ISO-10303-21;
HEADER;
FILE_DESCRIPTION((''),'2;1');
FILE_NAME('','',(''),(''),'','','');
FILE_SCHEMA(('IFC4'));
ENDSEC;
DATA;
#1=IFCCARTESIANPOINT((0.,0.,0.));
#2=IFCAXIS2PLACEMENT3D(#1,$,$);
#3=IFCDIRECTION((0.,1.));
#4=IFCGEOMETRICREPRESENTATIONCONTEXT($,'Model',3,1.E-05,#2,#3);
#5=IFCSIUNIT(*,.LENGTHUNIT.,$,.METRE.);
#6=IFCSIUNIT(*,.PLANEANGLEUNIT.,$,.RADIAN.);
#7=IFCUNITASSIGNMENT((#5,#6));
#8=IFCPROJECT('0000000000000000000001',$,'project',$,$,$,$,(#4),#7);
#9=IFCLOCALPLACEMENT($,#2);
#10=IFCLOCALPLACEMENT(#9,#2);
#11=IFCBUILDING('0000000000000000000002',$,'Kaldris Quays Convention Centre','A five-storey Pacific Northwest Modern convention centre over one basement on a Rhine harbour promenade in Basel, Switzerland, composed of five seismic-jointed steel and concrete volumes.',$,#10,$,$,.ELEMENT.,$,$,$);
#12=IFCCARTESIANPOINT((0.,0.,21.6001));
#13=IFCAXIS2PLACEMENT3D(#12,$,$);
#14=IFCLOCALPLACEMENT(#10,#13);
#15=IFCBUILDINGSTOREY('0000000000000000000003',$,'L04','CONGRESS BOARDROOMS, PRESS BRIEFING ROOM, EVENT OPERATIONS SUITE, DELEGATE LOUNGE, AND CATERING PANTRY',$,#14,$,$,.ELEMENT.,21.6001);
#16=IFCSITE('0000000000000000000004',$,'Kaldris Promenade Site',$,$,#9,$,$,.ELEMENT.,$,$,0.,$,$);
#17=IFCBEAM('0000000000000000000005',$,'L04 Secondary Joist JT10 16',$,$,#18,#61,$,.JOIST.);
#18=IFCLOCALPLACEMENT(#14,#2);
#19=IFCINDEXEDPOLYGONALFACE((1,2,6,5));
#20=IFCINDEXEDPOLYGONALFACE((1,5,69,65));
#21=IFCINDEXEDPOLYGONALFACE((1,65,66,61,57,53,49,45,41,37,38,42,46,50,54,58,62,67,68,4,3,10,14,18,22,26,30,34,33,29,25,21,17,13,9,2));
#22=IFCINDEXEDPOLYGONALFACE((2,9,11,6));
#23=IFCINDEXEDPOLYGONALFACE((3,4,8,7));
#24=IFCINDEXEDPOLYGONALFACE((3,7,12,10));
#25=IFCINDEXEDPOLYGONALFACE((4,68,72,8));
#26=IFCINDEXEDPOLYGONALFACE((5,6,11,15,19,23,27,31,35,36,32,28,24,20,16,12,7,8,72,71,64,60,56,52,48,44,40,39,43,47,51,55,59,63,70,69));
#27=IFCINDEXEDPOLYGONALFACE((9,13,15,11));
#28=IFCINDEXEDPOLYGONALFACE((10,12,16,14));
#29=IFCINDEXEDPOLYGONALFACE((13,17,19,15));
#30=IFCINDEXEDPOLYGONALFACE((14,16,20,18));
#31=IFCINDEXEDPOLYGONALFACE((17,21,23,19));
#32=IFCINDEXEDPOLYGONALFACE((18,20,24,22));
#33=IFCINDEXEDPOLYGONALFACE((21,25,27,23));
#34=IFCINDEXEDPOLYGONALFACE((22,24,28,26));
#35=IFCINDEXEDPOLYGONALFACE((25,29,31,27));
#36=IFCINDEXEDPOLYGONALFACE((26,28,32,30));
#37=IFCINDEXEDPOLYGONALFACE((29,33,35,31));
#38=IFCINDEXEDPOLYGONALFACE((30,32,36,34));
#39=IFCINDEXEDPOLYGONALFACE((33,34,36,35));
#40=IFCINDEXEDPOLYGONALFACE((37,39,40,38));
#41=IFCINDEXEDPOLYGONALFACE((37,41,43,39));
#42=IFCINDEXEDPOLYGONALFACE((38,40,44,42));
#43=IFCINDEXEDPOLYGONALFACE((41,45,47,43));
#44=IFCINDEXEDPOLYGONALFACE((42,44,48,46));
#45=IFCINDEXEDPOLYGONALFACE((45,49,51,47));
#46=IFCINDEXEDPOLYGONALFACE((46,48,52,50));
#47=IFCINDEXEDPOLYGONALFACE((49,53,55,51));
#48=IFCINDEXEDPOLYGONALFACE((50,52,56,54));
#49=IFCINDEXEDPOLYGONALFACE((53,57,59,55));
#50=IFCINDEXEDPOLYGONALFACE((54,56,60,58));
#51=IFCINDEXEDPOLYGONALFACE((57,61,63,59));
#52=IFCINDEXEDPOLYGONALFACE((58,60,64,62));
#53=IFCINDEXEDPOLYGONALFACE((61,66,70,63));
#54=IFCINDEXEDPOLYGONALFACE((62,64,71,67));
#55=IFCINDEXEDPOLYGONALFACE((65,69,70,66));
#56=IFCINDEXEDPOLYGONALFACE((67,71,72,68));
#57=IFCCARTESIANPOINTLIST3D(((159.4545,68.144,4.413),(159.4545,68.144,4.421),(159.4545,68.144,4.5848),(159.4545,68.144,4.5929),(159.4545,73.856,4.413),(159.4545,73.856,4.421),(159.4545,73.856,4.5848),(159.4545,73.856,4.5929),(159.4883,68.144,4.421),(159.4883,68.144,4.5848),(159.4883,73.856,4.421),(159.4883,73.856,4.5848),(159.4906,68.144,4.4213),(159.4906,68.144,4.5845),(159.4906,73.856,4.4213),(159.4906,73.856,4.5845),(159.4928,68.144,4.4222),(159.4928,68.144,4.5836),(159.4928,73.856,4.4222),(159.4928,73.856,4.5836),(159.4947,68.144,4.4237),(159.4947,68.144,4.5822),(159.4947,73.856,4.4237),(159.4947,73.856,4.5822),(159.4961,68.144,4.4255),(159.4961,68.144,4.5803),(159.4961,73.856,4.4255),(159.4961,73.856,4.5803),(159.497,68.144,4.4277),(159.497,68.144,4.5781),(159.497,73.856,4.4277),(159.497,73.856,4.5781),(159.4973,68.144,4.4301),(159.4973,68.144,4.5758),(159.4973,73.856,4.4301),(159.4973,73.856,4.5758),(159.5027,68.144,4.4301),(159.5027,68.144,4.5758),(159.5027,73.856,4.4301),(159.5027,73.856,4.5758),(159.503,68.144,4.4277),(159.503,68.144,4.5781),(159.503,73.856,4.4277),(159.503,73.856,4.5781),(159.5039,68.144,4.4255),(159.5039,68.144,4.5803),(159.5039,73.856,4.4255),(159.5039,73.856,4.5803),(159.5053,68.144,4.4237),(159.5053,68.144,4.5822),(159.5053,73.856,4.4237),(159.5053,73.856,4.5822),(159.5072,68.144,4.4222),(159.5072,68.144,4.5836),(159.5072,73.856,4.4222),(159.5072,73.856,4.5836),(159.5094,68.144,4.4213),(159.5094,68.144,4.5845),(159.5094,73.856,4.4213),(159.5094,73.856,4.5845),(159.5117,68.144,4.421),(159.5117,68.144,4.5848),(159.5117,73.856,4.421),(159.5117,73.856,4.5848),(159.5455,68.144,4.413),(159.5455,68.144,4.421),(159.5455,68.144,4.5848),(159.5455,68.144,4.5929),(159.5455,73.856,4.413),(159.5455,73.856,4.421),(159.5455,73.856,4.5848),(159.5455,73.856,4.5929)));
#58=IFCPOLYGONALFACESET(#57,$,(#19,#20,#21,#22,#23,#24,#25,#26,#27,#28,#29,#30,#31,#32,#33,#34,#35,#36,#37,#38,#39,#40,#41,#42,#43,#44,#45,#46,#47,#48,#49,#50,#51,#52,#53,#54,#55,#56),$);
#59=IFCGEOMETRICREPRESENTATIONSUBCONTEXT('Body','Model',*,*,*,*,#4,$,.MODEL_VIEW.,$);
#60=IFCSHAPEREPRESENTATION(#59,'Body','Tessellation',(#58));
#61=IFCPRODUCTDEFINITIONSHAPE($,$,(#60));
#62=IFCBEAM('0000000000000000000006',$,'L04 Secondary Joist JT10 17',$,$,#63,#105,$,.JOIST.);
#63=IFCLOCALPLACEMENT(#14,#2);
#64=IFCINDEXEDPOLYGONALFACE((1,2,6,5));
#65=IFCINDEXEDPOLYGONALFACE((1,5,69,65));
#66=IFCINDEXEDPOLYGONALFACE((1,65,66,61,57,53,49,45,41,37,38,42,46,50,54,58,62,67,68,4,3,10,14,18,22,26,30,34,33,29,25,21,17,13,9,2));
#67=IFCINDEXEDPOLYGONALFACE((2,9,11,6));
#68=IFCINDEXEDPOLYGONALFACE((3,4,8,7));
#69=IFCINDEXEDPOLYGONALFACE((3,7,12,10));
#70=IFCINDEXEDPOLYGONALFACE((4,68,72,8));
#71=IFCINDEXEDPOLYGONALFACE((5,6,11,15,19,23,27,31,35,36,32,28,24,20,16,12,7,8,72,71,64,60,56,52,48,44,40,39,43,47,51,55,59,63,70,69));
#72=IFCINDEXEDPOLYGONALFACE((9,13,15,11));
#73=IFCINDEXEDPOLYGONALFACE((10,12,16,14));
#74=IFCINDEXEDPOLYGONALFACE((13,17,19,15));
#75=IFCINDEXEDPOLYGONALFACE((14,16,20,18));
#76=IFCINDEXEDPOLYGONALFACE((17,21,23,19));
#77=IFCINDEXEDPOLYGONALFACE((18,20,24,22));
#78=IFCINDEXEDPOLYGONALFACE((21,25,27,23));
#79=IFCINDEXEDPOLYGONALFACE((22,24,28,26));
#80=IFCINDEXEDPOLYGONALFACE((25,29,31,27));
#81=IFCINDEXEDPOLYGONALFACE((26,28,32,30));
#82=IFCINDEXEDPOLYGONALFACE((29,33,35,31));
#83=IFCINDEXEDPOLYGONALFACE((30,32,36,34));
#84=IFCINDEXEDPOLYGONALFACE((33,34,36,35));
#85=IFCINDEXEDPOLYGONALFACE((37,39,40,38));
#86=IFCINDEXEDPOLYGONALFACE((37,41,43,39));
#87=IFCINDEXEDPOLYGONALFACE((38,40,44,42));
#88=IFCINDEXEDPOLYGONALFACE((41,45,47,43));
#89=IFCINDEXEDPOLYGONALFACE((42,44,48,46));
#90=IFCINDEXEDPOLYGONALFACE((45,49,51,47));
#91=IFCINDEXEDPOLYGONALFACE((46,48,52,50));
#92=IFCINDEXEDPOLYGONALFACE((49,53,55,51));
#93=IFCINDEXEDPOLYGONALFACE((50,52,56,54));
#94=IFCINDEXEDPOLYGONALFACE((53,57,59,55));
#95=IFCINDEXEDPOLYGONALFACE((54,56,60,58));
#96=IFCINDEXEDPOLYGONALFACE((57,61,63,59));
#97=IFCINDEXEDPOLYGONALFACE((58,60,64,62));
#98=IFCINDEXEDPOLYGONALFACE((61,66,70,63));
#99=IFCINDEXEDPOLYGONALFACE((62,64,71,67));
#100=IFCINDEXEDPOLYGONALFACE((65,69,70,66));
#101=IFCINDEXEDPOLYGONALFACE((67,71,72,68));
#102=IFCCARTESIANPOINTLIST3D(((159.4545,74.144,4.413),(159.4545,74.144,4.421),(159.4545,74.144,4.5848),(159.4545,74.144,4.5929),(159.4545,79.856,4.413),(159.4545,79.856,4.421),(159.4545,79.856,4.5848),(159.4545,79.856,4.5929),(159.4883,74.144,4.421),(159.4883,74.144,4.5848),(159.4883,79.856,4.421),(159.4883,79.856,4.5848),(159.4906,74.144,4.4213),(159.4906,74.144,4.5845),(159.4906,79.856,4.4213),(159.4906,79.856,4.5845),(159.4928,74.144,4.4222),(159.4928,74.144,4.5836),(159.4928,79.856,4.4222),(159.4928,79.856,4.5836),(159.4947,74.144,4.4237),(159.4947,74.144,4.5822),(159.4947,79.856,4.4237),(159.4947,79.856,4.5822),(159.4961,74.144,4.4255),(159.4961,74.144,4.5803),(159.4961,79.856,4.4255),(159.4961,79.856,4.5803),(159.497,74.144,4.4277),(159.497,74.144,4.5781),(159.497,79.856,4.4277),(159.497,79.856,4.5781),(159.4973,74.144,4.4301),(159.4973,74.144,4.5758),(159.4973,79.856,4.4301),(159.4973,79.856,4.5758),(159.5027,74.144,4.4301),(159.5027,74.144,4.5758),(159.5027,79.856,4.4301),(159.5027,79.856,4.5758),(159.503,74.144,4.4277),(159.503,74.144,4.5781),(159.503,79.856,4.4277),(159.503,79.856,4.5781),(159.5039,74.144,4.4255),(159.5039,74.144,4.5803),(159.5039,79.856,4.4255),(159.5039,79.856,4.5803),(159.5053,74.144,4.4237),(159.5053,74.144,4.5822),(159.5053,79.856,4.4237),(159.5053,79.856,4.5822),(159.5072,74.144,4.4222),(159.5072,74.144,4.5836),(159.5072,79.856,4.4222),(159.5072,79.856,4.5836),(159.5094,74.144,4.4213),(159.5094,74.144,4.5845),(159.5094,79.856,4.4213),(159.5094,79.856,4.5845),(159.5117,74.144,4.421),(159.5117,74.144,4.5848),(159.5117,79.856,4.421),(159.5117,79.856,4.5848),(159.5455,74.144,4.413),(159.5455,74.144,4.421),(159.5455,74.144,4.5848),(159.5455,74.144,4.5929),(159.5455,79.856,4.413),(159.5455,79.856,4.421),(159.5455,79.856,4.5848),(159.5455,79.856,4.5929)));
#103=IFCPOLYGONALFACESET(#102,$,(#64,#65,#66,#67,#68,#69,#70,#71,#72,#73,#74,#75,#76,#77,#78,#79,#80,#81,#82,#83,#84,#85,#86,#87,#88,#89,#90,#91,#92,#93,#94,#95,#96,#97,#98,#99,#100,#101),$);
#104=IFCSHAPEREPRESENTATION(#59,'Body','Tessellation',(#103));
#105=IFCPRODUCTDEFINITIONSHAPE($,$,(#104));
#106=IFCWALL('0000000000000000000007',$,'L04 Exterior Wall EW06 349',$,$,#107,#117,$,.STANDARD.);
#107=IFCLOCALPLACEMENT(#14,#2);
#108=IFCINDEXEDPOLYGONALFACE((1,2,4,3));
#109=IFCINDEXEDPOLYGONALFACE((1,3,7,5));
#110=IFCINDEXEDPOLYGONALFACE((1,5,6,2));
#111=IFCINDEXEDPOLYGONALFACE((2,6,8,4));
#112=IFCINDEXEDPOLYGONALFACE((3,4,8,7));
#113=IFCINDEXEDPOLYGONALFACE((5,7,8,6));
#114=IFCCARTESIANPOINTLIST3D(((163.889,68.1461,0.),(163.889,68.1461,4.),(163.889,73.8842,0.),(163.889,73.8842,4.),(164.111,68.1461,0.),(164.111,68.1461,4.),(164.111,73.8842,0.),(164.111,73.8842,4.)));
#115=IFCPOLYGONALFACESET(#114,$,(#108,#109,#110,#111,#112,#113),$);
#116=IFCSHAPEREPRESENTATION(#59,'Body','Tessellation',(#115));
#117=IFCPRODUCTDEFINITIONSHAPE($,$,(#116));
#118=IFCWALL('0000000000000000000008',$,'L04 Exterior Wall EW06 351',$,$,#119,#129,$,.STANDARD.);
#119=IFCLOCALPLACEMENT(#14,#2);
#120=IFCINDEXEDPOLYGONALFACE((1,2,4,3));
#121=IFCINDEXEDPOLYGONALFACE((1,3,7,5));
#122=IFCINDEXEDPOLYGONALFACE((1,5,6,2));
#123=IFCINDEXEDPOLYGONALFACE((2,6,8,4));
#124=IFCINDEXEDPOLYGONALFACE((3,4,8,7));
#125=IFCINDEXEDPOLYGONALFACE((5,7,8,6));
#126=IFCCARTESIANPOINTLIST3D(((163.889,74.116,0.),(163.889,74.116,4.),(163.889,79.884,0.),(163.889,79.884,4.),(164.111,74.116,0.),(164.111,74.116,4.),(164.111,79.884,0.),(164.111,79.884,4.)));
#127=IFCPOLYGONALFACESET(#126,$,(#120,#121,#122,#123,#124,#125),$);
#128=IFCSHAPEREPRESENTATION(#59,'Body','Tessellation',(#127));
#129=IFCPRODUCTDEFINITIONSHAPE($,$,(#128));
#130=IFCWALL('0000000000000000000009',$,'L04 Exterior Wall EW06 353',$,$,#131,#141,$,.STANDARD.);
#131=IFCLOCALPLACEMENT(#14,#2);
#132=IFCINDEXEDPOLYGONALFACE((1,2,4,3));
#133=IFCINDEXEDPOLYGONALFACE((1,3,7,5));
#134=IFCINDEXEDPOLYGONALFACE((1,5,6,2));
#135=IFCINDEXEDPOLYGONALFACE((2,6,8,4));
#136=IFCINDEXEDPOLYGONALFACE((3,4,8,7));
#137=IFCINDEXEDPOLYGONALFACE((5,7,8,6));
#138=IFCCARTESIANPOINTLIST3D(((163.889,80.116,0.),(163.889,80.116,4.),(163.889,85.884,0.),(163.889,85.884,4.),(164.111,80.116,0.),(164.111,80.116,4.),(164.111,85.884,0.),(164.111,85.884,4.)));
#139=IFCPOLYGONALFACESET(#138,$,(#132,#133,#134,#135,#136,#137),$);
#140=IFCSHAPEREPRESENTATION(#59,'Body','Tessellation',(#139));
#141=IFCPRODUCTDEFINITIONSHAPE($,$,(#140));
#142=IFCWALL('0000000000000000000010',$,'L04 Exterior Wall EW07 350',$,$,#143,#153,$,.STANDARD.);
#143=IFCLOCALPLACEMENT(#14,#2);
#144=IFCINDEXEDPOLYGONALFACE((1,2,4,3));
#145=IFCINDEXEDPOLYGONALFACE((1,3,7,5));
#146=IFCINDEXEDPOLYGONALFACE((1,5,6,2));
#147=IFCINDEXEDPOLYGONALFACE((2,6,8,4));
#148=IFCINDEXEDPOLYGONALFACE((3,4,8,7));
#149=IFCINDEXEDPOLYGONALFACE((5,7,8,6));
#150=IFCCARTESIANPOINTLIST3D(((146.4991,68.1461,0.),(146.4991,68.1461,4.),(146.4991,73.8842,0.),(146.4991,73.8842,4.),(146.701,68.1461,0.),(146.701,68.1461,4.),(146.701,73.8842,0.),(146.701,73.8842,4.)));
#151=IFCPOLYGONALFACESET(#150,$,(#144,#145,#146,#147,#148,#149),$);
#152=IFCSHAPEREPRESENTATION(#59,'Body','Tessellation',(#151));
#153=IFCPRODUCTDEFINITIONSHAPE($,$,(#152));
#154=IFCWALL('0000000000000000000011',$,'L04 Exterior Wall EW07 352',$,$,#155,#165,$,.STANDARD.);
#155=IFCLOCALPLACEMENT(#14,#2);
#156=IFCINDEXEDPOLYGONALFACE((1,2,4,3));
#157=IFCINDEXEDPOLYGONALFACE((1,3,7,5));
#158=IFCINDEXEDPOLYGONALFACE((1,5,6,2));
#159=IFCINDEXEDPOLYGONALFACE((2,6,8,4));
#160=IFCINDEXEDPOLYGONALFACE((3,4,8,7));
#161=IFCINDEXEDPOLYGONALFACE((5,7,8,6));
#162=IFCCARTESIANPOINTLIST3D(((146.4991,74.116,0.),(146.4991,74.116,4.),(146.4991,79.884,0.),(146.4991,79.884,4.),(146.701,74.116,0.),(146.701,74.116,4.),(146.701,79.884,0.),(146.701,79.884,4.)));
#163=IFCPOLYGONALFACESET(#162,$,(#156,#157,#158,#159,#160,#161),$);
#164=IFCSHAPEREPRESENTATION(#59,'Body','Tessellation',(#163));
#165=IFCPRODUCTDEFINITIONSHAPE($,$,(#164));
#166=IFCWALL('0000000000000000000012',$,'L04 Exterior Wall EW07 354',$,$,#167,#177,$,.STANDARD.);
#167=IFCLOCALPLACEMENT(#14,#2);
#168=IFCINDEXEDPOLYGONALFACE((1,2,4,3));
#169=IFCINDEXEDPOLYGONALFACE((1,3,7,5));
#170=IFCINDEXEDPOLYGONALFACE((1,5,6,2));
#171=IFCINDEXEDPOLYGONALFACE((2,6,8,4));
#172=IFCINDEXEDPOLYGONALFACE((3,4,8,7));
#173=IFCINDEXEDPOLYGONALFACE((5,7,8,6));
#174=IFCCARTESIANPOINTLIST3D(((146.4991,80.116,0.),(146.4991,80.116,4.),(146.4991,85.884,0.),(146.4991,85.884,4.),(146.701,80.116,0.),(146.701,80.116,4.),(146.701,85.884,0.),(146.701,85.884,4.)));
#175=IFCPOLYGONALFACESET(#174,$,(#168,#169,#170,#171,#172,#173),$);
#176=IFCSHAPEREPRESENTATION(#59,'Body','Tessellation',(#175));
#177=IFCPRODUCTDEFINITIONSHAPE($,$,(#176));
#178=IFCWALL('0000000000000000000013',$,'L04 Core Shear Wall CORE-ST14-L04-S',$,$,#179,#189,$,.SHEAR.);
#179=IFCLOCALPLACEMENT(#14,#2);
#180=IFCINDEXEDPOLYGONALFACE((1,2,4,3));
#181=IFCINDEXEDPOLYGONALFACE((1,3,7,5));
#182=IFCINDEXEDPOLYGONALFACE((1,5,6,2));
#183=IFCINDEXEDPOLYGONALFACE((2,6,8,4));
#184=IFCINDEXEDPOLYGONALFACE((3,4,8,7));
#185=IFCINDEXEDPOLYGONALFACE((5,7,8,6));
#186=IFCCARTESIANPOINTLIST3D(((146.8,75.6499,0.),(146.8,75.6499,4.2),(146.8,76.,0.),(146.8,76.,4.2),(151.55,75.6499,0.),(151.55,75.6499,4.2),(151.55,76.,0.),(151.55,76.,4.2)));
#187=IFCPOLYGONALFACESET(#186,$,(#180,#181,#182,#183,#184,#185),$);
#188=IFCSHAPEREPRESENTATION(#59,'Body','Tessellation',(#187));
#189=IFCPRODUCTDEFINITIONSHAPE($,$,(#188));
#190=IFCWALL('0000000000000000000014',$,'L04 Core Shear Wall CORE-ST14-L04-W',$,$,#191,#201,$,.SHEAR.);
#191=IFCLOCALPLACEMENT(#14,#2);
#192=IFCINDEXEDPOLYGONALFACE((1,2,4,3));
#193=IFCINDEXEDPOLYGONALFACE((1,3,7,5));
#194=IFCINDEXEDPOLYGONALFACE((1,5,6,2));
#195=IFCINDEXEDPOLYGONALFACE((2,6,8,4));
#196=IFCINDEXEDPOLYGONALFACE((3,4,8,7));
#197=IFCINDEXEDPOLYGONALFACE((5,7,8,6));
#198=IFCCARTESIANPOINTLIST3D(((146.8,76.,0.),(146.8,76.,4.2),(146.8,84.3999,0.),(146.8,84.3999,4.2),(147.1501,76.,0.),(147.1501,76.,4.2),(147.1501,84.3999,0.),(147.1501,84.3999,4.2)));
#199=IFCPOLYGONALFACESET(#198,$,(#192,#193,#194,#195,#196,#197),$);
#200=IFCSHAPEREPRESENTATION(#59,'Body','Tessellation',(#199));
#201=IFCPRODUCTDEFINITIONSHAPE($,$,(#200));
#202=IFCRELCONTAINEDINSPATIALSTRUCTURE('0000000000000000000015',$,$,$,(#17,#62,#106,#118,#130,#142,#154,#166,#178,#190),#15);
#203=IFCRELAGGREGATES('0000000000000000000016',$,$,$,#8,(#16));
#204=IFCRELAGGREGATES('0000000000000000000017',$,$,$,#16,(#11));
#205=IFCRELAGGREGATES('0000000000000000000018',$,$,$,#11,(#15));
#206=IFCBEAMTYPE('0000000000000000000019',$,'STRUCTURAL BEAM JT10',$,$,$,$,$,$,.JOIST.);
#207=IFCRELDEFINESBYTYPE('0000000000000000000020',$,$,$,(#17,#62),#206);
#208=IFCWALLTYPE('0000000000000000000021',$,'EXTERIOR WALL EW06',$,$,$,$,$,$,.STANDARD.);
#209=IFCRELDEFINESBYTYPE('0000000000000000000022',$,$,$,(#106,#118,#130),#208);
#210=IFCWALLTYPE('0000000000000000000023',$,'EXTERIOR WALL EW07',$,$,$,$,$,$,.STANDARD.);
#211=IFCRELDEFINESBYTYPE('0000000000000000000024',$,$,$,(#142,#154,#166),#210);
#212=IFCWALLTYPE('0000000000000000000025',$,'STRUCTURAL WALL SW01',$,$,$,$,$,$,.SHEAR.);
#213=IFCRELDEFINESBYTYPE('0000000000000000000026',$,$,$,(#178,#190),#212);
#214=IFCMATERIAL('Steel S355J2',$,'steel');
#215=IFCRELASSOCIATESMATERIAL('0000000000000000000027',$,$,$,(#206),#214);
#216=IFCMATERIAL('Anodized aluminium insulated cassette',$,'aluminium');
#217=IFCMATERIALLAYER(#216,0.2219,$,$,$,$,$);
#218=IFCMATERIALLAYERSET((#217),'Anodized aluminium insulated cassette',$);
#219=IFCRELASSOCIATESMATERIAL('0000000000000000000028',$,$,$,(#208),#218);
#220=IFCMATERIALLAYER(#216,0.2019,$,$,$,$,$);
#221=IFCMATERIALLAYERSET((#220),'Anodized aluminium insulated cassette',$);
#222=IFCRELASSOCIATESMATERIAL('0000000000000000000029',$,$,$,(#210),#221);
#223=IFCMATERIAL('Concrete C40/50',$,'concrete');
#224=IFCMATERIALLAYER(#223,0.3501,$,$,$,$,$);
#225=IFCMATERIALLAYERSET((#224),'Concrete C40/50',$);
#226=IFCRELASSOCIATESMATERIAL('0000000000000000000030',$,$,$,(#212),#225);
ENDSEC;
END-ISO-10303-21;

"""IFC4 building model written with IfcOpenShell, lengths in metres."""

from ifc_helpers import new_model, si_unit, direction, frame, frame_2d, origin, origin_2d, place, context, subcontext, project, spatial, rectangle, i_section, extrude, material, layer, layer_set, material_profile, profile_set, type_object, element, save


model = new_model("IFC4")

# Units and contexts
model_context = context("Model", 3, precision=1e-05, world=origin(), true_north=direction((0.0, 1.0)))
body_context = subcontext(model_context, "Body", "Model", "MODEL_VIEW")
ifc_project = project(units=[si_unit("LENGTHUNIT", "METRE"), si_unit("PLANEANGLEUNIT", "RADIAN")], contexts=[model_context])

# Site, building, storey
site_placement = place(None, origin())
site = spatial("IfcSite", under=ifc_project, at=site_placement, Name="Kaldris Promenade Site", CompositionType="ELEMENT", RefElevation=0.0)
building_placement = place(site_placement, origin())
building = spatial("IfcBuilding", under=site, at=building_placement, Name="Kaldris Quays Convention Centre", Description="A five-storey Pacific Northwest Modern convention centre over one basement on a Rhine harbour promenade in Basel, Switzerland, composed of five seismic-jointed steel and concrete volumes.", CompositionType="ELEMENT")
storey_placement = place(building_placement, frame((0.0, 0.0, 21.6001)))
storey = spatial("IfcBuildingStorey", under=building, at=storey_placement, Name="L04", Description="CONGRESS BOARDROOMS, PRESS BRIEFING ROOM, EVENT OPERATIONS SUITE, DELEGATE LOUNGE, AND CATERING PANTRY", CompositionType="ELEMENT", Elevation=21.6001)

# Shared definitions
ifc_material_1 = material(Name="Steel S355J2", Category="steel")

# Beams
ifc_material_profile_1 = material_profile(ifc_material_1, i_section(OverallWidth=0.0911, OverallDepth=0.1799, WebThickness=0.0054, FlangeThickness=0.0081, FilletRadius=0.009, at=origin_2d()), Name="IPE 180")
ifc_profile_set_1 = profile_set([ifc_material_profile_1], Name="Steel S355J2")
beam_type_1 = type_object("IfcBeamType", Name="STRUCTURAL BEAM JT10", PredefinedType="JOIST", material=ifc_profile_set_1)
for number, where, z_axis, x_axis, name in (
    (1, (159.5, 68.144, 4.5029), (0.0, 1.0, 0.0), (-1.0, 0.0, 0.0), "L04 Secondary Joist JT10 16"),
    (2, (159.5, 74.144, 4.5029), (0.0, 1.0, 0.0), (-1.0, 0.0, 0.0), "L04 Secondary Joist JT10 17"),
):
    element("IfcBeam", number, at=place(storey_placement, frame(where, z_axis=z_axis, x_axis=x_axis)), inside=storey, type_object=beam_type_1, Name=name, PredefinedType="JOIST", context=body_context, shape_type="SweptSolid", body=[
        extrude(i_section(OverallWidth=0.0911, OverallDepth=0.1799, WebThickness=0.0054, FlangeThickness=0.0081, FilletRadius=0.009, at=origin_2d()), origin(), (0.0, 0.0, 1.0), 5.7119),
    ])

# Walls
ifc_material_2 = material(Name="Anodized aluminium insulated cassette", Category="aluminium")
ifc_layer_1 = layer(ifc_material_2, 0.2219)
ifc_layer_set_1 = layer_set([ifc_layer_1], Name="Anodized aluminium insulated cassette")
wall_type_1 = type_object("IfcWallType", Name="EXTERIOR WALL EW06", PredefinedType="STANDARD", material=ifc_layer_set_1)
wall_1_placement = place(storey_placement, frame((164.0, 68.146, 0.0), z_axis=(0.0, 0.0, 1.0), x_axis=(0.0, 1.0, 0.0)))
element("IfcWall", 3, at=wall_1_placement, inside=storey, type_object=wall_type_1, Name="L04 Exterior Wall EW06 349", PredefinedType="STANDARD", context=body_context, shape_type="SweptSolid", body=[
    extrude(rectangle(XDim=5.738, YDim=0.2219, at=frame_2d((2.8691, 0.0))), origin(), (0.0, 0.0, 1.0), 4.0),
])
for number, where, z_axis, x_axis, name in (
    (4, (164.0, 74.116, 0.0), (0.0, 0.0, 1.0), (0.0, 1.0, 0.0), "L04 Exterior Wall EW06 351"),
    (5, (164.0, 80.116, 0.0), (0.0, 0.0, 1.0), (0.0, 1.0, 0.0), "L04 Exterior Wall EW06 353"),
):
    element("IfcWall", number, at=place(storey_placement, frame(where, z_axis=z_axis, x_axis=x_axis)), inside=storey, type_object=wall_type_1, Name=name, PredefinedType="STANDARD", context=body_context, shape_type="SweptSolid", body=[
        extrude(rectangle(XDim=5.7681, YDim=0.2219, at=frame_2d((2.884, 0.0))), origin(), (0.0, 0.0, 1.0), 4.0),
    ])
ifc_layer_2 = layer(ifc_material_2, 0.2019)
ifc_layer_set_2 = layer_set([ifc_layer_2], Name="Anodized aluminium insulated cassette")
wall_type_2 = type_object("IfcWallType", Name="EXTERIOR WALL EW07", PredefinedType="STANDARD", material=ifc_layer_set_2)
wall_2_placement = place(storey_placement, frame((146.6001, 68.146, 0.0), z_axis=(0.0, 0.0, 1.0), x_axis=(0.0, 1.0, 0.0)))
element("IfcWall", 6, at=wall_2_placement, inside=storey, type_object=wall_type_2, Name="L04 Exterior Wall EW07 350", PredefinedType="STANDARD", context=body_context, shape_type="SweptSolid", body=[
    extrude(rectangle(XDim=5.738, YDim=0.2019, at=frame_2d((2.8691, 0.0))), origin(), (0.0, 0.0, 1.0), 4.0),
])
for number, where, z_axis, x_axis, name in (
    (7, (146.6001, 74.116, 0.0), (0.0, 0.0, 1.0), (0.0, 1.0, 0.0), "L04 Exterior Wall EW07 352"),
    (8, (146.6001, 80.116, 0.0), (0.0, 0.0, 1.0), (0.0, 1.0, 0.0), "L04 Exterior Wall EW07 354"),
):
    element("IfcWall", number, at=place(storey_placement, frame(where, z_axis=z_axis, x_axis=x_axis)), inside=storey, type_object=wall_type_2, Name=name, PredefinedType="STANDARD", context=body_context, shape_type="SweptSolid", body=[
        extrude(rectangle(XDim=5.7681, YDim=0.2019, at=frame_2d((2.884, 0.0))), origin(), (0.0, 0.0, 1.0), 4.0),
    ])
ifc_material_3 = material(Name="Concrete C40/50", Category="concrete")
ifc_layer_3 = layer(ifc_material_3, 0.3501)
ifc_layer_set_3 = layer_set([ifc_layer_3], Name="Concrete C40/50")
wall_type_3 = type_object("IfcWallType", Name="STRUCTURAL WALL SW01", PredefinedType="SHEAR", material=ifc_layer_set_3)
wall_3_placement = place(storey_placement, frame((146.8, 75.825, 0.0), z_axis=(0.0, 0.0, 1.0), x_axis=(1.0, 0.0, 0.0)))
element("IfcWall", 9, at=wall_3_placement, inside=storey, type_object=wall_type_3, Name="L04 Core Shear Wall CORE-ST14-L04-S", PredefinedType="SHEAR", context=body_context, shape_type="SweptSolid", body=[
    extrude(rectangle(XDim=4.75, YDim=0.3501, at=frame_2d((2.375, 0.0))), origin(), (0.0, 0.0, 1.0), 4.2),
])
wall_4_placement = place(storey_placement, frame((146.9751, 76.0, 0.0), z_axis=(0.0, 0.0, 1.0), x_axis=(0.0, 1.0, 0.0)))
element("IfcWall", 10, at=wall_4_placement, inside=storey, type_object=wall_type_3, Name="L04 Core Shear Wall CORE-ST14-L04-W", PredefinedType="SHEAR", context=body_context, shape_type="SweptSolid", body=[
    extrude(rectangle(XDim=8.3999, YDim=0.3501, at=frame_2d((4.2, 0.0))), origin(), (0.0, 0.0, 1.0), 4.2),
])

save(model, "model.ifc")
